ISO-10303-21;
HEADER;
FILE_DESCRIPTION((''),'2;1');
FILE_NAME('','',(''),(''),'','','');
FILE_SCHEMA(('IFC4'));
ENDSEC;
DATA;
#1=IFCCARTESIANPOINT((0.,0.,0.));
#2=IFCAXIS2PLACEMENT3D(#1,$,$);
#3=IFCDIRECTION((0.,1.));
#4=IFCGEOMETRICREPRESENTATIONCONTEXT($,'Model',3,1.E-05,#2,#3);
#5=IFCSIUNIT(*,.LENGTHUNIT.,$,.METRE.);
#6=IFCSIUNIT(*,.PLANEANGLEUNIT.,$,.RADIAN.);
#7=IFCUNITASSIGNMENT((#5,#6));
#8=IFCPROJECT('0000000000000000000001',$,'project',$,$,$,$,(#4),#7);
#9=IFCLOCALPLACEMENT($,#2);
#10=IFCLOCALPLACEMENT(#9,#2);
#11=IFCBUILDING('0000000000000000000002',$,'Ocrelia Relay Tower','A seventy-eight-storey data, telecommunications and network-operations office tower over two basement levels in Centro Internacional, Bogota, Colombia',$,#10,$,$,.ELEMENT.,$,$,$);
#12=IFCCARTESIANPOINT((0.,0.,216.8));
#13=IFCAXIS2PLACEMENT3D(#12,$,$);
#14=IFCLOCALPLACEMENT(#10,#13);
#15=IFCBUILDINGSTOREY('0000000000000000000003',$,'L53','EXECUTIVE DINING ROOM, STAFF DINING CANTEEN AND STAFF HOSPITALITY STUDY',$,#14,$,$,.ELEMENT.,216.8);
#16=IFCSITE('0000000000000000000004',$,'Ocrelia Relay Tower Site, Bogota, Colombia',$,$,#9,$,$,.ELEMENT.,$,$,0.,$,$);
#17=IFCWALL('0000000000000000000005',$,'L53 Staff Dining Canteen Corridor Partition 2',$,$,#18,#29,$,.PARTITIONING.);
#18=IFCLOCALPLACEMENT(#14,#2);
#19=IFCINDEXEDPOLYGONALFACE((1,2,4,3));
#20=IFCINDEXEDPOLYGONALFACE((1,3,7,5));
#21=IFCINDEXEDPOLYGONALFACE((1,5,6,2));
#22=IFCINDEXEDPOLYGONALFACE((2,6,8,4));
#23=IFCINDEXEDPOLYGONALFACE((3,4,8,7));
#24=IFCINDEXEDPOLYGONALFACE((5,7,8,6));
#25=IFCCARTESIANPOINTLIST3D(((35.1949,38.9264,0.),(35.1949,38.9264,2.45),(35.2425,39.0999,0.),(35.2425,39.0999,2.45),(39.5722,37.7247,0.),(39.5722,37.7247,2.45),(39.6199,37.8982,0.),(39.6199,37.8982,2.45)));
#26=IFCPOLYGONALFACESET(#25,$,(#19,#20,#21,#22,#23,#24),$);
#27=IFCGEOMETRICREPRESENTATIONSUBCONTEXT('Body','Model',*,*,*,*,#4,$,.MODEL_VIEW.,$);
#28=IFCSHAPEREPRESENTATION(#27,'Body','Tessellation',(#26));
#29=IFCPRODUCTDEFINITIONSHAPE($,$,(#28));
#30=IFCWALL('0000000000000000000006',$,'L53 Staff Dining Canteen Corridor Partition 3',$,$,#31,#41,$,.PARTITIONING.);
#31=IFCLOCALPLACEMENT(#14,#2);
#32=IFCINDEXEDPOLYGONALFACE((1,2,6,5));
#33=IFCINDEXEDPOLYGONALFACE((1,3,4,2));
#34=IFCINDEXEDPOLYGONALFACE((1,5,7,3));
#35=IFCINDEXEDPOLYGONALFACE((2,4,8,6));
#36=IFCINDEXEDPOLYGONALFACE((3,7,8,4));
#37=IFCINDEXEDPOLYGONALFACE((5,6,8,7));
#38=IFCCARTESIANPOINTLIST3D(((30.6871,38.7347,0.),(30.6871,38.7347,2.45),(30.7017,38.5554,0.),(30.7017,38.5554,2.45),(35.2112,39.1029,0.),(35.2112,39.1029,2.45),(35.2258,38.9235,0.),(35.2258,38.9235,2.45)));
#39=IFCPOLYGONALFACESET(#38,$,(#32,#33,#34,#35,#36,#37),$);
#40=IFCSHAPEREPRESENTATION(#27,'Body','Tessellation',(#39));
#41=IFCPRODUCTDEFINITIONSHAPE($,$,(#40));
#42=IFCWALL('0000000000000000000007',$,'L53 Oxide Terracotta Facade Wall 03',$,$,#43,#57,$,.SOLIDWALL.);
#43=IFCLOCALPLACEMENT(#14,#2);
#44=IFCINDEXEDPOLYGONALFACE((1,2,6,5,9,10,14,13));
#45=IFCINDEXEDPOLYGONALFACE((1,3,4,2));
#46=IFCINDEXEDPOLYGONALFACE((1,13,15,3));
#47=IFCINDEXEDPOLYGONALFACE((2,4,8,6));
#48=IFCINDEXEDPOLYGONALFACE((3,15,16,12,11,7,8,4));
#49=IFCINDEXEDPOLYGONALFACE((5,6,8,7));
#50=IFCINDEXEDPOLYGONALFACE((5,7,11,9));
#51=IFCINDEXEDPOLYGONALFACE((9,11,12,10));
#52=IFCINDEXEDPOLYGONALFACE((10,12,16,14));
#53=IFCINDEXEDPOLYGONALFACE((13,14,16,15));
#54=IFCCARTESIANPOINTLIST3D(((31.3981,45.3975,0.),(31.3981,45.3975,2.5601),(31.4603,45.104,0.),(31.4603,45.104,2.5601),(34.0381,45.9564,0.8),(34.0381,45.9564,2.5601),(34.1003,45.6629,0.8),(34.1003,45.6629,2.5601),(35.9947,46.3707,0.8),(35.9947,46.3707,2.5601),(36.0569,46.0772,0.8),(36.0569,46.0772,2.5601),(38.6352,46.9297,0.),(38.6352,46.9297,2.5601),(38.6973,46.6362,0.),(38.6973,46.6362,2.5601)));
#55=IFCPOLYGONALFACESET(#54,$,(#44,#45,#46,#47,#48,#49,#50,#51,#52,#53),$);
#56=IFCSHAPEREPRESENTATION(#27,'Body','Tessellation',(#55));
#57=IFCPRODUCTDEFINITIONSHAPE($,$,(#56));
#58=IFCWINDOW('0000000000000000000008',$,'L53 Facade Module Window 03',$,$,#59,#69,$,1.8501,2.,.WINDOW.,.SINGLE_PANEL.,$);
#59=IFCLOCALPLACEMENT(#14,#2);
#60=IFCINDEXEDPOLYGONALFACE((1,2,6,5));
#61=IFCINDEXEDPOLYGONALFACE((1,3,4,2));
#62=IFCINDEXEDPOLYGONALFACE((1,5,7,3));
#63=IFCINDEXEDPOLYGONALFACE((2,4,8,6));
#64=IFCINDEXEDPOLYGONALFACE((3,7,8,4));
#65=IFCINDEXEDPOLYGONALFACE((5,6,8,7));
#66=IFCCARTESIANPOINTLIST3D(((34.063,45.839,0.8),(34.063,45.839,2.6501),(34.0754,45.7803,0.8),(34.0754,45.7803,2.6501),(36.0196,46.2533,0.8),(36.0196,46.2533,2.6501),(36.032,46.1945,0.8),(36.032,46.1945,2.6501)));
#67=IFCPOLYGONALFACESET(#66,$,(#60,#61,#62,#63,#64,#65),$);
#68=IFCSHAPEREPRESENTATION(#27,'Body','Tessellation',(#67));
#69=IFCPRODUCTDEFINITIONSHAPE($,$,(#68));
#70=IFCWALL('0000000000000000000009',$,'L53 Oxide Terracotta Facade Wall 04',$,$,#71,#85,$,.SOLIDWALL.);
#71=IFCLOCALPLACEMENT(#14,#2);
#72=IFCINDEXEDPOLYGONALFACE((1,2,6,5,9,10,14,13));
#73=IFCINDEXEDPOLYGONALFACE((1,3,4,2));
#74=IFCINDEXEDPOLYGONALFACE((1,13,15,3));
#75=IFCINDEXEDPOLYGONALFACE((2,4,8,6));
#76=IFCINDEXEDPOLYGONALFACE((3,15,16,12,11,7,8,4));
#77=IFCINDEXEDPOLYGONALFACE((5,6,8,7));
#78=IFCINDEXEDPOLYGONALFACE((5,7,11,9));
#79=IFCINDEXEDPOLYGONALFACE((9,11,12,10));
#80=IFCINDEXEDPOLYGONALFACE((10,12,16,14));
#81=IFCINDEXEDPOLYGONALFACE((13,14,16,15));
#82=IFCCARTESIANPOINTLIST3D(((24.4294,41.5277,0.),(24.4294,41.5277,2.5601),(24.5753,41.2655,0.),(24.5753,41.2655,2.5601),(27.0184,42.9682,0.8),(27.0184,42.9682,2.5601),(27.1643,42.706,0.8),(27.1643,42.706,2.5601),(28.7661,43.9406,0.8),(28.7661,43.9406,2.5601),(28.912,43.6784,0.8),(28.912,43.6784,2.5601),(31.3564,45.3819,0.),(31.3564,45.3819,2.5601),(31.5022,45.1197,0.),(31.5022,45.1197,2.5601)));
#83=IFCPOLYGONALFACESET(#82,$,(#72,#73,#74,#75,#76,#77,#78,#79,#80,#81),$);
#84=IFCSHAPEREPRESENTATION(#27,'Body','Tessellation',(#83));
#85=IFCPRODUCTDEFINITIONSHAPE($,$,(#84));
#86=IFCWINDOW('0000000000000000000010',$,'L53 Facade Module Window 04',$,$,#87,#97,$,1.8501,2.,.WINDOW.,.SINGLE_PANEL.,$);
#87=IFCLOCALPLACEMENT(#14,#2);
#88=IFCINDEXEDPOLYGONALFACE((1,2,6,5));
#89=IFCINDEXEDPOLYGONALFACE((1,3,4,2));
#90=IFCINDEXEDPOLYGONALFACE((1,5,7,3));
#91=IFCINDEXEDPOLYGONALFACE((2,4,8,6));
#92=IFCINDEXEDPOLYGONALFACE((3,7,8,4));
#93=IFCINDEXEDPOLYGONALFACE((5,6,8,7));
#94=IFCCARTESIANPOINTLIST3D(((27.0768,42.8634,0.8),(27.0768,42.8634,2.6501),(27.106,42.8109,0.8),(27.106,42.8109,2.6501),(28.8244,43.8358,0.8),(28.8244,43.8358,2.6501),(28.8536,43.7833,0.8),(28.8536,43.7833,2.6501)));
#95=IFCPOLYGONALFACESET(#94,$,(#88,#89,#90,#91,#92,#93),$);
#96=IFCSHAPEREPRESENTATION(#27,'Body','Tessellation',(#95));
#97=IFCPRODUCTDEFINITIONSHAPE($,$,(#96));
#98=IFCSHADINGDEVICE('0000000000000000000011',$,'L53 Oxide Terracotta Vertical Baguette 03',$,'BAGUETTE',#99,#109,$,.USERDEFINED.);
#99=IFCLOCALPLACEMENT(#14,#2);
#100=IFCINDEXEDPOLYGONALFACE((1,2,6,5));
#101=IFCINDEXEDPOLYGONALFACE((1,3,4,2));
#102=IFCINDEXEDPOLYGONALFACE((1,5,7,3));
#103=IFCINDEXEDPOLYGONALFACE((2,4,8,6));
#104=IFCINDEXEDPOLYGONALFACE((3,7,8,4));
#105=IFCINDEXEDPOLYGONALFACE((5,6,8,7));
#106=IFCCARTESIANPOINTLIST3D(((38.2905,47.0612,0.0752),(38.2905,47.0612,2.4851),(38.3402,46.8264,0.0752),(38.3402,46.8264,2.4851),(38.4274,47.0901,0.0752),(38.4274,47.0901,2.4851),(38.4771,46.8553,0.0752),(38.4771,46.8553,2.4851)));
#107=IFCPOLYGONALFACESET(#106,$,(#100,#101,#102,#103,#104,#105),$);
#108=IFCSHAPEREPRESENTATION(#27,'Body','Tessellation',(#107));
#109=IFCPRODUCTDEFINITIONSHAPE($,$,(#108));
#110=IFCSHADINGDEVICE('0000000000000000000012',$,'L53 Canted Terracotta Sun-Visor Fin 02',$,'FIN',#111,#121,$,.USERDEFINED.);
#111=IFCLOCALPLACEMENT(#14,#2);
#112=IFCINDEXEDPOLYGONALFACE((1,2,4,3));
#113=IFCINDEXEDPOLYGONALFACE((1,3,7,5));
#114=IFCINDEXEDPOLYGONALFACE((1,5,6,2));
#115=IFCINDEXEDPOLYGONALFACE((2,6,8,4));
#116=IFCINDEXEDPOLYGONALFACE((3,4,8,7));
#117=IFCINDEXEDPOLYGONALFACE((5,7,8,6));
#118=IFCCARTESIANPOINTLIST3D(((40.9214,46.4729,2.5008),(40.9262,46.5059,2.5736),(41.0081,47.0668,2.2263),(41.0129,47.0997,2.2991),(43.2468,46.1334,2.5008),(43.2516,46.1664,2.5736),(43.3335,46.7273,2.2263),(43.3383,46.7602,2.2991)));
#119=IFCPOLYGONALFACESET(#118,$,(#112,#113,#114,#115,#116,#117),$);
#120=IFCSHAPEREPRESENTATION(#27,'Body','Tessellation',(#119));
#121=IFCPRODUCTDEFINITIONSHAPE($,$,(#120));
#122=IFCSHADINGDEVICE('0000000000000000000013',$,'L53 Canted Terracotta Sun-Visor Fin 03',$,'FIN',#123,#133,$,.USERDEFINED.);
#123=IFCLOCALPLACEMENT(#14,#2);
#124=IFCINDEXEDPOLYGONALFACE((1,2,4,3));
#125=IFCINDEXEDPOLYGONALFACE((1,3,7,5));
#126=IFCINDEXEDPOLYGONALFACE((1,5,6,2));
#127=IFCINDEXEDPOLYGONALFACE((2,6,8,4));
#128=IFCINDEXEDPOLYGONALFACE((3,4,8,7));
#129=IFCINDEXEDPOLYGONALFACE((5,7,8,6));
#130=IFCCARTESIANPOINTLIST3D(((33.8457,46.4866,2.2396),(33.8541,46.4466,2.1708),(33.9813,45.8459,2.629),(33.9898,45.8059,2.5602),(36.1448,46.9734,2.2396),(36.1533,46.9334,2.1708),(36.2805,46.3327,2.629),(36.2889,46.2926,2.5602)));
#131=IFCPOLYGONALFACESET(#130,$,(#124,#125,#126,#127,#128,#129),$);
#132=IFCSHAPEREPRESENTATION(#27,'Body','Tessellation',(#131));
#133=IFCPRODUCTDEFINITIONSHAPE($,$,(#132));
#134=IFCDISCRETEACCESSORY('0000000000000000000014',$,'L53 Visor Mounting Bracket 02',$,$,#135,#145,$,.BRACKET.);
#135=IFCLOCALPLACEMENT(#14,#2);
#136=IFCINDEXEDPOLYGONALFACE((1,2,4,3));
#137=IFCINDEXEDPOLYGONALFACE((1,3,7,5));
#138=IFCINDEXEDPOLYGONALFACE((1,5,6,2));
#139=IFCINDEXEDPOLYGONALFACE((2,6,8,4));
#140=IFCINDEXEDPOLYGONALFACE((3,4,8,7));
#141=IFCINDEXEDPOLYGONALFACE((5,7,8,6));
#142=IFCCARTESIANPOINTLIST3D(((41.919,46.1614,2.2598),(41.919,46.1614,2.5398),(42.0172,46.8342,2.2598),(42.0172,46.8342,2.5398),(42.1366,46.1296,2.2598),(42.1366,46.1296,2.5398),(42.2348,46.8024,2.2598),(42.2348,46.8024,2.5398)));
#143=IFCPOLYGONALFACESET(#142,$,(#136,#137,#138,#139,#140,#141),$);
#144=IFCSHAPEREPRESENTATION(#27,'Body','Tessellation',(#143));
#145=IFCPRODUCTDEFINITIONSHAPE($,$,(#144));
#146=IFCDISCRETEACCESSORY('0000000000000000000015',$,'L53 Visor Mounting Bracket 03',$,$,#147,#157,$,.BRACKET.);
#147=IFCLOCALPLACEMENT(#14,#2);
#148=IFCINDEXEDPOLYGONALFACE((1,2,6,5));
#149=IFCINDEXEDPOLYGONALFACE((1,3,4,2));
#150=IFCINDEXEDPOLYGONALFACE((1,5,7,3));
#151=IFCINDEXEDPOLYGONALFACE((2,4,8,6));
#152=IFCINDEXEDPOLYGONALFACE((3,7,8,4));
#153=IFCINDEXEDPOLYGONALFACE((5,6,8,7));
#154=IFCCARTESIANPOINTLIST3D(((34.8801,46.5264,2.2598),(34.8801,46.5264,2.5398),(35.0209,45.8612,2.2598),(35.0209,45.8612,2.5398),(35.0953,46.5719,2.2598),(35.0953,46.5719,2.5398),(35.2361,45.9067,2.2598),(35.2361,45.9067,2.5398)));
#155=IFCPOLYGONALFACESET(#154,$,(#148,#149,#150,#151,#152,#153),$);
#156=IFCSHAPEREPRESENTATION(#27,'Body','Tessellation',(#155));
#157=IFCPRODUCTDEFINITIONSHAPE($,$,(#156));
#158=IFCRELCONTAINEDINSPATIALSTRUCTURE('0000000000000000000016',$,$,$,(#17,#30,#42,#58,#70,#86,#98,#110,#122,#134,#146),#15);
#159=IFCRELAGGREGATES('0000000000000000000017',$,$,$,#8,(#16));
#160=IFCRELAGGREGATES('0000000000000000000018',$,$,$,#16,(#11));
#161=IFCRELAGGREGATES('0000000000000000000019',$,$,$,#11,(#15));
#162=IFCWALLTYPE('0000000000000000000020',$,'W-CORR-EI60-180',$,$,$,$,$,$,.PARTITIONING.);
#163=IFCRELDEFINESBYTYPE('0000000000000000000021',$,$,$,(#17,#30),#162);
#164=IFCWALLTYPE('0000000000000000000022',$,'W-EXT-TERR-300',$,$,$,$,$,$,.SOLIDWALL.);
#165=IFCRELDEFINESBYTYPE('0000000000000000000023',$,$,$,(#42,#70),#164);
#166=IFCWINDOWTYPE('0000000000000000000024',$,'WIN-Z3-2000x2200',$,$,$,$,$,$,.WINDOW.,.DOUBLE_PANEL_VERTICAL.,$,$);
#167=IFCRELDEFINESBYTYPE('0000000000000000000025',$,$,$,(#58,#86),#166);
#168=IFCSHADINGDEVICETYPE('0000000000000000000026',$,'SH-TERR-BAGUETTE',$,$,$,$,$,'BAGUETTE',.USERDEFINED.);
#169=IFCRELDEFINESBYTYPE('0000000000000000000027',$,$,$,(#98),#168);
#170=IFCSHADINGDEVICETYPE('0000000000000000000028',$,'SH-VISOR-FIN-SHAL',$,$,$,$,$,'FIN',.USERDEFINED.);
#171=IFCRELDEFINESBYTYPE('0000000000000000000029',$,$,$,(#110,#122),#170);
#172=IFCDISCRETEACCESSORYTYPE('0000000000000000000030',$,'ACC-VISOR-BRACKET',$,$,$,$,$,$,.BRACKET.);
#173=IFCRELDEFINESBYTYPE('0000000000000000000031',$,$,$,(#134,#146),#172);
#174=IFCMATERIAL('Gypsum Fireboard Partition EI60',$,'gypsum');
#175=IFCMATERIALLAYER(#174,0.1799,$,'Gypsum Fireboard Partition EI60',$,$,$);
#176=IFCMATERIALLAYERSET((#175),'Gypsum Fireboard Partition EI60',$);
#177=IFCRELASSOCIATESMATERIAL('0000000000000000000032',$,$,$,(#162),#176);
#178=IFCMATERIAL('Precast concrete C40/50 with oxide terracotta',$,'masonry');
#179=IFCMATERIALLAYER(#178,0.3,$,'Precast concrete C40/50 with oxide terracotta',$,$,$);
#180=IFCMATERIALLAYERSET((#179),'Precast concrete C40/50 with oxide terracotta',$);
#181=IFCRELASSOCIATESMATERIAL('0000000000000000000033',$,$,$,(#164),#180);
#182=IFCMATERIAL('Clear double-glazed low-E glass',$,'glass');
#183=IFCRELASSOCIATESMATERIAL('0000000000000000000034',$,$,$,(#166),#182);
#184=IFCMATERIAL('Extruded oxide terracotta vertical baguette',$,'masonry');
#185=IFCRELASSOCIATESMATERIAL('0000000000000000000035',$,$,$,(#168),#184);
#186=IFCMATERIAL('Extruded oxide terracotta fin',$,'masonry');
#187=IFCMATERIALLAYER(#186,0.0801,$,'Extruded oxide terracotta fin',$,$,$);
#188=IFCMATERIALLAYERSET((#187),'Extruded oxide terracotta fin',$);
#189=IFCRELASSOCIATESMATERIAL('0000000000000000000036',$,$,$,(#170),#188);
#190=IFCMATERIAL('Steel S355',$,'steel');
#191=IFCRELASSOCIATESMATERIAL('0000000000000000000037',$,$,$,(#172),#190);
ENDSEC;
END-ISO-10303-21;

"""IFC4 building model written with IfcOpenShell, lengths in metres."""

from ifc_helpers import new_model, si_unit, direction, frame, frame_2d, origin, origin_2d, place, context, subcontext, project, spatial, rectangle, extrude, material, layer, layer_set, type_object, element, fill, save


model = new_model("IFC4")

# Units and contexts
model_context = context("Model", 3, precision=1e-05, world=origin(), true_north=direction((0.0, 1.0)))
body_context = subcontext(model_context, "Body", "Model", "MODEL_VIEW")
ifc_project = project(units=[si_unit("LENGTHUNIT", "METRE"), si_unit("PLANEANGLEUNIT", "RADIAN")], contexts=[model_context])

# Site, building, storey
site_placement = place(None, origin())
site = spatial("IfcSite", under=ifc_project, at=site_placement, Name="Ocrelia Relay Tower Site, Bogota, Colombia", CompositionType="ELEMENT", RefElevation=0.0)
building_placement = place(site_placement, origin())
building = spatial("IfcBuilding", under=site, at=building_placement, Name="Ocrelia Relay Tower", Description="A seventy-eight-storey data, telecommunications and network-operations office tower over two basement levels in Centro Internacional, Bogota, Colombia", CompositionType="ELEMENT")
storey_placement = place(building_placement, frame((0.0, 0.0, 216.8)))
storey = spatial("IfcBuildingStorey", under=building, at=storey_placement, Name="L53", Description="EXECUTIVE DINING ROOM, STAFF DINING CANTEEN AND STAFF HOSPITALITY STUDY", CompositionType="ELEMENT", Elevation=216.8)

# Shared definitions
ifc_material_1 = material(Name="Steel S355", Category="steel")

# Walls
ifc_material_2 = material(Name="Gypsum Fireboard Partition EI60", Category="gypsum")
ifc_layer_1 = layer(ifc_material_2, 0.1799, Name="Gypsum Fireboard Partition EI60")
ifc_layer_set_1 = layer_set([ifc_layer_1], Name="Gypsum Fireboard Partition EI60")
wall_type_1 = type_object("IfcWallType", Name="W-CORR-EI60-180", PredefinedType="PARTITIONING", material=ifc_layer_set_1)
wall_1_placement = place(storey_placement, frame((39.5959, 37.8115, 0.0), z_axis=(0.0, 0.0, 1.0), x_axis=(-0.964326, 0.264719, 0.0)))
element("IfcWall", 1, at=wall_1_placement, inside=storey, type_object=wall_type_1, Name="L53 Staff Dining Canteen Corridor Partition 2", PredefinedType="PARTITIONING", context=body_context, shape_type="SweptSolid", body=[
    extrude(rectangle(XDim=4.5393, YDim=0.1799, at=frame_2d((2.2695, 0.0))), origin(), (0.0, 0.0, 1.0), 2.45),
])
wall_2_placement = place(storey_placement, frame((35.2185, 39.0132, 0.0), z_axis=(0.0, 0.0, 1.0), x_axis=(-0.996705, -0.081109, 0.0)))
element("IfcWall", 2, at=wall_2_placement, inside=storey, type_object=wall_type_1, Name="L53 Staff Dining Canteen Corridor Partition 3", PredefinedType="PARTITIONING", context=body_context, shape_type="SweptSolid", body=[
    extrude(rectangle(XDim=4.5391, YDim=0.1799, at=frame_2d((2.2695, 0.0))), origin(), (0.0, 0.0, 1.0), 2.45),
])

# Walls, openings, windows
ifc_material_3 = material(Name="Precast concrete C40/50 with oxide terracotta", Category="masonry")
ifc_layer_2 = layer(ifc_material_3, 0.3, Name="Precast concrete C40/50 with oxide terracotta")
ifc_layer_set_2 = layer_set([ifc_layer_2], Name="Precast concrete C40/50 with oxide terracotta")
wall_type_2 = type_object("IfcWallType", Name="W-EXT-TERR-300", PredefinedType="SOLIDWALL", material=ifc_layer_set_2)
wall_3_placement = place(storey_placement, frame((38.6663, 46.783, 0.0), z_axis=(0.0, 0.0, 1.0), x_axis=(-0.978314, -0.207128, 0.0)))
wall_3 = element("IfcWall", 3, at=wall_3_placement, inside=storey, type_object=wall_type_2, Name="L53 Oxide Terracotta Facade Wall 03", PredefinedType="SOLIDWALL", context=body_context, shape_type="SweptSolid", body=[
    extrude(rectangle(XDim=7.3975, YDim=0.3, at=frame_2d((3.6987, 0.0))), origin(), (0.0, 0.0, 1.0), 2.5601),
])
opening_1_placement = place(wall_3_placement, frame((2.699, 0.0, 0.8)))
opening_1 = element("IfcOpeningElement", 4, at=opening_1_placement, cuts=wall_3, PredefinedType="OPENING", context=body_context, shape_type="SweptSolid", body=[
    extrude(rectangle(XDim=2.0, YDim=1.8501, at=frame_2d((1.0, 0.925))), frame((0.0, 0.1602, 0.0), z_axis=(0.0, -1.0, 0.0), x_axis=(1.0, 0.0, 0.0)), (0.0, 0.0, 1.0), 0.3201),
])
ifc_material_4 = material(Name="Clear double-glazed low-E glass", Category="glass")
window_type = type_object("IfcWindowType", Name="WIN-Z3-2000x2200", PartitioningType="DOUBLE_PANEL_VERTICAL", PredefinedType="WINDOW", material=ifc_material_4)
window_1_placement = place(opening_1_placement, origin())
window_1 = element("IfcWindow", 5, at=window_1_placement, inside=storey, type_object=window_type, Name="L53 Facade Module Window 03", OverallHeight=1.8501, OverallWidth=2.0, PartitioningType="SINGLE_PANEL", PredefinedType="WINDOW", context=body_context, shape_type="SweptSolid", body=[
    extrude(rectangle(XDim=2.0, YDim=1.8501, at=frame_2d((1.0, 0.925))), frame((0.0, 0.03, 0.0), z_axis=(0.0, -1.0, 0.0), x_axis=(1.0, 0.0, 0.0)), (0.0, 0.0, 1.0), 0.0601),
])
fill(opening_1, window_1)
wall_4_placement = place(storey_placement, frame((31.4292, 45.2507, 0.0), z_axis=(0.0, 0.0, 1.0), x_axis=(-0.87384, -0.486213, 0.0)))
wall_4 = element("IfcWall", 6, at=wall_4_placement, inside=storey, type_object=wall_type_2, Name="L53 Oxide Terracotta Facade Wall 04", PredefinedType="SOLIDWALL", context=body_context, shape_type="SweptSolid", body=[
    extrude(rectangle(XDim=7.927, YDim=0.3, at=frame_2d((3.9634, 0.0))), origin(), (0.0, 0.0, 1.0), 2.5601),
])
opening_2_placement = place(wall_4_placement, frame((2.9641, 0.0, 0.8)))
opening_2 = element("IfcOpeningElement", 7, at=opening_2_placement, cuts=wall_4, PredefinedType="OPENING", context=body_context, shape_type="SweptSolid", body=[
    extrude(rectangle(XDim=2.0, YDim=1.8501, at=frame_2d((1.0, 0.925))), frame((0.0, 0.1602, 0.0), z_axis=(0.0, -1.0, 0.0), x_axis=(1.0, 0.0, 0.0)), (0.0, 0.0, 1.0), 0.3201),
])
window_2_placement = place(opening_2_placement, origin())
window_2 = element("IfcWindow", 8, at=window_2_placement, inside=storey, type_object=window_type, Name="L53 Facade Module Window 04", OverallHeight=1.8501, OverallWidth=2.0, PartitioningType="SINGLE_PANEL", PredefinedType="WINDOW", context=body_context, shape_type="SweptSolid", body=[
    extrude(rectangle(XDim=2.0, YDim=1.8501, at=frame_2d((1.0, 0.925))), frame((0.0, 0.03, 0.0), z_axis=(0.0, -1.0, 0.0), x_axis=(1.0, 0.0, 0.0)), (0.0, 0.0, 1.0), 0.0601),
])
fill(opening_2, window_2)

# Shading devices
ifc_material_5 = material(Name="Extruded oxide terracotta vertical baguette", Category="masonry")
shading_device_type_1 = type_object("IfcShadingDeviceType", Name="SH-TERR-BAGUETTE", ElementType="BAGUETTE", PredefinedType="USERDEFINED", material=ifc_material_5)
shading_device_1_placement = place(storey_placement, frame((38.3838, 46.9583, 0.0752), z_axis=(0.0, 0.0, 1.0), x_axis=(-0.978312, -0.207136, 0.0)))
element("IfcShadingDevice", 9, at=shading_device_1_placement, inside=storey, type_object=shading_device_type_1, Name="L53 Oxide Terracotta Vertical Baguette 03", ObjectType="BAGUETTE", PredefinedType="USERDEFINED", context=body_context, shape_type="SweptSolid", body=[
    extrude(rectangle(XDim=0.1399, YDim=0.24, at=origin_2d()), origin(), (0.0, 0.0, 1.0), 2.4099),
])
ifc_material_6 = material(Name="Extruded oxide terracotta fin", Category="masonry")
ifc_layer_3 = layer(ifc_material_6, 0.0801, Name="Extruded oxide terracotta fin")
ifc_layer_set_3 = layer_set([ifc_layer_3], Name="Extruded oxide terracotta fin")
shading_device_type_2 = type_object("IfcShadingDeviceType", Name="SH-VISOR-FIN-SHAL", ElementType="FIN", PredefinedType="USERDEFINED", material=ifc_layer_set_3)
shading_device_2_placement = place(storey_placement, frame((42.1274, 46.6001, 2.3635), z_axis=(0.060091, 0.4116, 0.909381), x_axis=(-0.98951, 0.144461, 0.0)))
element("IfcShadingDevice", 10, at=shading_device_2_placement, inside=storey, type_object=shading_device_type_2, Name="L53 Canted Terracotta Sun-Visor Fin 02", ObjectType="FIN", PredefinedType="USERDEFINED", context=body_context, shape_type="SweptSolid", body=[
    extrude(rectangle(XDim=2.3501, YDim=0.6599, at=origin_2d()), origin(), (0.0, 0.0, 1.0), 0.0801),
])
shading_device_3_placement = place(storey_placement, frame((35.0715, 46.3696, 2.3655), z_axis=(-0.105845, 0.499911, 0.859585), x_axis=(-0.978312, -0.207136, 0.0)))
element("IfcShadingDevice", 11, at=shading_device_3_placement, inside=storey, type_object=shading_device_type_2, Name="L53 Canted Terracotta Sun-Visor Fin 03", ObjectType="FIN", PredefinedType="USERDEFINED", context=body_context, shape_type="SweptSolid", body=[
    extrude(rectangle(XDim=2.3501, YDim=0.762, at=origin_2d()), origin(), (0.0, 0.0, 1.0), 0.0801),
])

# Discrete accessories
discrete_accessory_type = type_object("IfcDiscreteAccessoryType", Name="ACC-VISOR-BRACKET", PredefinedType="BRACKET", material=ifc_material_1)
for number, where, z_axis, x_axis, name in (
    (12, (42.0769, 46.4819, 2.2598), (0.0, 0.0, 1.0), (-0.98951, 0.144461, 0.0), "L53 Visor Mounting Bracket 02"),
    (13, (35.0581, 46.2166, 2.2598), (0.0, 0.0, 1.0), (-0.978312, -0.207136, 0.0), "L53 Visor Mounting Bracket 03"),
):
    element("IfcDiscreteAccessory", number, at=place(storey_placement, frame(where, z_axis=z_axis, x_axis=x_axis)), inside=storey, type_object=discrete_accessory_type, Name=name, PredefinedType="BRACKET", context=body_context, shape_type="SweptSolid", body=[
        extrude(rectangle(XDim=0.22, YDim=0.6799, at=origin_2d()), origin(), (0.0, 0.0, 1.0), 0.28),
    ])

save(model, "model.ifc")
